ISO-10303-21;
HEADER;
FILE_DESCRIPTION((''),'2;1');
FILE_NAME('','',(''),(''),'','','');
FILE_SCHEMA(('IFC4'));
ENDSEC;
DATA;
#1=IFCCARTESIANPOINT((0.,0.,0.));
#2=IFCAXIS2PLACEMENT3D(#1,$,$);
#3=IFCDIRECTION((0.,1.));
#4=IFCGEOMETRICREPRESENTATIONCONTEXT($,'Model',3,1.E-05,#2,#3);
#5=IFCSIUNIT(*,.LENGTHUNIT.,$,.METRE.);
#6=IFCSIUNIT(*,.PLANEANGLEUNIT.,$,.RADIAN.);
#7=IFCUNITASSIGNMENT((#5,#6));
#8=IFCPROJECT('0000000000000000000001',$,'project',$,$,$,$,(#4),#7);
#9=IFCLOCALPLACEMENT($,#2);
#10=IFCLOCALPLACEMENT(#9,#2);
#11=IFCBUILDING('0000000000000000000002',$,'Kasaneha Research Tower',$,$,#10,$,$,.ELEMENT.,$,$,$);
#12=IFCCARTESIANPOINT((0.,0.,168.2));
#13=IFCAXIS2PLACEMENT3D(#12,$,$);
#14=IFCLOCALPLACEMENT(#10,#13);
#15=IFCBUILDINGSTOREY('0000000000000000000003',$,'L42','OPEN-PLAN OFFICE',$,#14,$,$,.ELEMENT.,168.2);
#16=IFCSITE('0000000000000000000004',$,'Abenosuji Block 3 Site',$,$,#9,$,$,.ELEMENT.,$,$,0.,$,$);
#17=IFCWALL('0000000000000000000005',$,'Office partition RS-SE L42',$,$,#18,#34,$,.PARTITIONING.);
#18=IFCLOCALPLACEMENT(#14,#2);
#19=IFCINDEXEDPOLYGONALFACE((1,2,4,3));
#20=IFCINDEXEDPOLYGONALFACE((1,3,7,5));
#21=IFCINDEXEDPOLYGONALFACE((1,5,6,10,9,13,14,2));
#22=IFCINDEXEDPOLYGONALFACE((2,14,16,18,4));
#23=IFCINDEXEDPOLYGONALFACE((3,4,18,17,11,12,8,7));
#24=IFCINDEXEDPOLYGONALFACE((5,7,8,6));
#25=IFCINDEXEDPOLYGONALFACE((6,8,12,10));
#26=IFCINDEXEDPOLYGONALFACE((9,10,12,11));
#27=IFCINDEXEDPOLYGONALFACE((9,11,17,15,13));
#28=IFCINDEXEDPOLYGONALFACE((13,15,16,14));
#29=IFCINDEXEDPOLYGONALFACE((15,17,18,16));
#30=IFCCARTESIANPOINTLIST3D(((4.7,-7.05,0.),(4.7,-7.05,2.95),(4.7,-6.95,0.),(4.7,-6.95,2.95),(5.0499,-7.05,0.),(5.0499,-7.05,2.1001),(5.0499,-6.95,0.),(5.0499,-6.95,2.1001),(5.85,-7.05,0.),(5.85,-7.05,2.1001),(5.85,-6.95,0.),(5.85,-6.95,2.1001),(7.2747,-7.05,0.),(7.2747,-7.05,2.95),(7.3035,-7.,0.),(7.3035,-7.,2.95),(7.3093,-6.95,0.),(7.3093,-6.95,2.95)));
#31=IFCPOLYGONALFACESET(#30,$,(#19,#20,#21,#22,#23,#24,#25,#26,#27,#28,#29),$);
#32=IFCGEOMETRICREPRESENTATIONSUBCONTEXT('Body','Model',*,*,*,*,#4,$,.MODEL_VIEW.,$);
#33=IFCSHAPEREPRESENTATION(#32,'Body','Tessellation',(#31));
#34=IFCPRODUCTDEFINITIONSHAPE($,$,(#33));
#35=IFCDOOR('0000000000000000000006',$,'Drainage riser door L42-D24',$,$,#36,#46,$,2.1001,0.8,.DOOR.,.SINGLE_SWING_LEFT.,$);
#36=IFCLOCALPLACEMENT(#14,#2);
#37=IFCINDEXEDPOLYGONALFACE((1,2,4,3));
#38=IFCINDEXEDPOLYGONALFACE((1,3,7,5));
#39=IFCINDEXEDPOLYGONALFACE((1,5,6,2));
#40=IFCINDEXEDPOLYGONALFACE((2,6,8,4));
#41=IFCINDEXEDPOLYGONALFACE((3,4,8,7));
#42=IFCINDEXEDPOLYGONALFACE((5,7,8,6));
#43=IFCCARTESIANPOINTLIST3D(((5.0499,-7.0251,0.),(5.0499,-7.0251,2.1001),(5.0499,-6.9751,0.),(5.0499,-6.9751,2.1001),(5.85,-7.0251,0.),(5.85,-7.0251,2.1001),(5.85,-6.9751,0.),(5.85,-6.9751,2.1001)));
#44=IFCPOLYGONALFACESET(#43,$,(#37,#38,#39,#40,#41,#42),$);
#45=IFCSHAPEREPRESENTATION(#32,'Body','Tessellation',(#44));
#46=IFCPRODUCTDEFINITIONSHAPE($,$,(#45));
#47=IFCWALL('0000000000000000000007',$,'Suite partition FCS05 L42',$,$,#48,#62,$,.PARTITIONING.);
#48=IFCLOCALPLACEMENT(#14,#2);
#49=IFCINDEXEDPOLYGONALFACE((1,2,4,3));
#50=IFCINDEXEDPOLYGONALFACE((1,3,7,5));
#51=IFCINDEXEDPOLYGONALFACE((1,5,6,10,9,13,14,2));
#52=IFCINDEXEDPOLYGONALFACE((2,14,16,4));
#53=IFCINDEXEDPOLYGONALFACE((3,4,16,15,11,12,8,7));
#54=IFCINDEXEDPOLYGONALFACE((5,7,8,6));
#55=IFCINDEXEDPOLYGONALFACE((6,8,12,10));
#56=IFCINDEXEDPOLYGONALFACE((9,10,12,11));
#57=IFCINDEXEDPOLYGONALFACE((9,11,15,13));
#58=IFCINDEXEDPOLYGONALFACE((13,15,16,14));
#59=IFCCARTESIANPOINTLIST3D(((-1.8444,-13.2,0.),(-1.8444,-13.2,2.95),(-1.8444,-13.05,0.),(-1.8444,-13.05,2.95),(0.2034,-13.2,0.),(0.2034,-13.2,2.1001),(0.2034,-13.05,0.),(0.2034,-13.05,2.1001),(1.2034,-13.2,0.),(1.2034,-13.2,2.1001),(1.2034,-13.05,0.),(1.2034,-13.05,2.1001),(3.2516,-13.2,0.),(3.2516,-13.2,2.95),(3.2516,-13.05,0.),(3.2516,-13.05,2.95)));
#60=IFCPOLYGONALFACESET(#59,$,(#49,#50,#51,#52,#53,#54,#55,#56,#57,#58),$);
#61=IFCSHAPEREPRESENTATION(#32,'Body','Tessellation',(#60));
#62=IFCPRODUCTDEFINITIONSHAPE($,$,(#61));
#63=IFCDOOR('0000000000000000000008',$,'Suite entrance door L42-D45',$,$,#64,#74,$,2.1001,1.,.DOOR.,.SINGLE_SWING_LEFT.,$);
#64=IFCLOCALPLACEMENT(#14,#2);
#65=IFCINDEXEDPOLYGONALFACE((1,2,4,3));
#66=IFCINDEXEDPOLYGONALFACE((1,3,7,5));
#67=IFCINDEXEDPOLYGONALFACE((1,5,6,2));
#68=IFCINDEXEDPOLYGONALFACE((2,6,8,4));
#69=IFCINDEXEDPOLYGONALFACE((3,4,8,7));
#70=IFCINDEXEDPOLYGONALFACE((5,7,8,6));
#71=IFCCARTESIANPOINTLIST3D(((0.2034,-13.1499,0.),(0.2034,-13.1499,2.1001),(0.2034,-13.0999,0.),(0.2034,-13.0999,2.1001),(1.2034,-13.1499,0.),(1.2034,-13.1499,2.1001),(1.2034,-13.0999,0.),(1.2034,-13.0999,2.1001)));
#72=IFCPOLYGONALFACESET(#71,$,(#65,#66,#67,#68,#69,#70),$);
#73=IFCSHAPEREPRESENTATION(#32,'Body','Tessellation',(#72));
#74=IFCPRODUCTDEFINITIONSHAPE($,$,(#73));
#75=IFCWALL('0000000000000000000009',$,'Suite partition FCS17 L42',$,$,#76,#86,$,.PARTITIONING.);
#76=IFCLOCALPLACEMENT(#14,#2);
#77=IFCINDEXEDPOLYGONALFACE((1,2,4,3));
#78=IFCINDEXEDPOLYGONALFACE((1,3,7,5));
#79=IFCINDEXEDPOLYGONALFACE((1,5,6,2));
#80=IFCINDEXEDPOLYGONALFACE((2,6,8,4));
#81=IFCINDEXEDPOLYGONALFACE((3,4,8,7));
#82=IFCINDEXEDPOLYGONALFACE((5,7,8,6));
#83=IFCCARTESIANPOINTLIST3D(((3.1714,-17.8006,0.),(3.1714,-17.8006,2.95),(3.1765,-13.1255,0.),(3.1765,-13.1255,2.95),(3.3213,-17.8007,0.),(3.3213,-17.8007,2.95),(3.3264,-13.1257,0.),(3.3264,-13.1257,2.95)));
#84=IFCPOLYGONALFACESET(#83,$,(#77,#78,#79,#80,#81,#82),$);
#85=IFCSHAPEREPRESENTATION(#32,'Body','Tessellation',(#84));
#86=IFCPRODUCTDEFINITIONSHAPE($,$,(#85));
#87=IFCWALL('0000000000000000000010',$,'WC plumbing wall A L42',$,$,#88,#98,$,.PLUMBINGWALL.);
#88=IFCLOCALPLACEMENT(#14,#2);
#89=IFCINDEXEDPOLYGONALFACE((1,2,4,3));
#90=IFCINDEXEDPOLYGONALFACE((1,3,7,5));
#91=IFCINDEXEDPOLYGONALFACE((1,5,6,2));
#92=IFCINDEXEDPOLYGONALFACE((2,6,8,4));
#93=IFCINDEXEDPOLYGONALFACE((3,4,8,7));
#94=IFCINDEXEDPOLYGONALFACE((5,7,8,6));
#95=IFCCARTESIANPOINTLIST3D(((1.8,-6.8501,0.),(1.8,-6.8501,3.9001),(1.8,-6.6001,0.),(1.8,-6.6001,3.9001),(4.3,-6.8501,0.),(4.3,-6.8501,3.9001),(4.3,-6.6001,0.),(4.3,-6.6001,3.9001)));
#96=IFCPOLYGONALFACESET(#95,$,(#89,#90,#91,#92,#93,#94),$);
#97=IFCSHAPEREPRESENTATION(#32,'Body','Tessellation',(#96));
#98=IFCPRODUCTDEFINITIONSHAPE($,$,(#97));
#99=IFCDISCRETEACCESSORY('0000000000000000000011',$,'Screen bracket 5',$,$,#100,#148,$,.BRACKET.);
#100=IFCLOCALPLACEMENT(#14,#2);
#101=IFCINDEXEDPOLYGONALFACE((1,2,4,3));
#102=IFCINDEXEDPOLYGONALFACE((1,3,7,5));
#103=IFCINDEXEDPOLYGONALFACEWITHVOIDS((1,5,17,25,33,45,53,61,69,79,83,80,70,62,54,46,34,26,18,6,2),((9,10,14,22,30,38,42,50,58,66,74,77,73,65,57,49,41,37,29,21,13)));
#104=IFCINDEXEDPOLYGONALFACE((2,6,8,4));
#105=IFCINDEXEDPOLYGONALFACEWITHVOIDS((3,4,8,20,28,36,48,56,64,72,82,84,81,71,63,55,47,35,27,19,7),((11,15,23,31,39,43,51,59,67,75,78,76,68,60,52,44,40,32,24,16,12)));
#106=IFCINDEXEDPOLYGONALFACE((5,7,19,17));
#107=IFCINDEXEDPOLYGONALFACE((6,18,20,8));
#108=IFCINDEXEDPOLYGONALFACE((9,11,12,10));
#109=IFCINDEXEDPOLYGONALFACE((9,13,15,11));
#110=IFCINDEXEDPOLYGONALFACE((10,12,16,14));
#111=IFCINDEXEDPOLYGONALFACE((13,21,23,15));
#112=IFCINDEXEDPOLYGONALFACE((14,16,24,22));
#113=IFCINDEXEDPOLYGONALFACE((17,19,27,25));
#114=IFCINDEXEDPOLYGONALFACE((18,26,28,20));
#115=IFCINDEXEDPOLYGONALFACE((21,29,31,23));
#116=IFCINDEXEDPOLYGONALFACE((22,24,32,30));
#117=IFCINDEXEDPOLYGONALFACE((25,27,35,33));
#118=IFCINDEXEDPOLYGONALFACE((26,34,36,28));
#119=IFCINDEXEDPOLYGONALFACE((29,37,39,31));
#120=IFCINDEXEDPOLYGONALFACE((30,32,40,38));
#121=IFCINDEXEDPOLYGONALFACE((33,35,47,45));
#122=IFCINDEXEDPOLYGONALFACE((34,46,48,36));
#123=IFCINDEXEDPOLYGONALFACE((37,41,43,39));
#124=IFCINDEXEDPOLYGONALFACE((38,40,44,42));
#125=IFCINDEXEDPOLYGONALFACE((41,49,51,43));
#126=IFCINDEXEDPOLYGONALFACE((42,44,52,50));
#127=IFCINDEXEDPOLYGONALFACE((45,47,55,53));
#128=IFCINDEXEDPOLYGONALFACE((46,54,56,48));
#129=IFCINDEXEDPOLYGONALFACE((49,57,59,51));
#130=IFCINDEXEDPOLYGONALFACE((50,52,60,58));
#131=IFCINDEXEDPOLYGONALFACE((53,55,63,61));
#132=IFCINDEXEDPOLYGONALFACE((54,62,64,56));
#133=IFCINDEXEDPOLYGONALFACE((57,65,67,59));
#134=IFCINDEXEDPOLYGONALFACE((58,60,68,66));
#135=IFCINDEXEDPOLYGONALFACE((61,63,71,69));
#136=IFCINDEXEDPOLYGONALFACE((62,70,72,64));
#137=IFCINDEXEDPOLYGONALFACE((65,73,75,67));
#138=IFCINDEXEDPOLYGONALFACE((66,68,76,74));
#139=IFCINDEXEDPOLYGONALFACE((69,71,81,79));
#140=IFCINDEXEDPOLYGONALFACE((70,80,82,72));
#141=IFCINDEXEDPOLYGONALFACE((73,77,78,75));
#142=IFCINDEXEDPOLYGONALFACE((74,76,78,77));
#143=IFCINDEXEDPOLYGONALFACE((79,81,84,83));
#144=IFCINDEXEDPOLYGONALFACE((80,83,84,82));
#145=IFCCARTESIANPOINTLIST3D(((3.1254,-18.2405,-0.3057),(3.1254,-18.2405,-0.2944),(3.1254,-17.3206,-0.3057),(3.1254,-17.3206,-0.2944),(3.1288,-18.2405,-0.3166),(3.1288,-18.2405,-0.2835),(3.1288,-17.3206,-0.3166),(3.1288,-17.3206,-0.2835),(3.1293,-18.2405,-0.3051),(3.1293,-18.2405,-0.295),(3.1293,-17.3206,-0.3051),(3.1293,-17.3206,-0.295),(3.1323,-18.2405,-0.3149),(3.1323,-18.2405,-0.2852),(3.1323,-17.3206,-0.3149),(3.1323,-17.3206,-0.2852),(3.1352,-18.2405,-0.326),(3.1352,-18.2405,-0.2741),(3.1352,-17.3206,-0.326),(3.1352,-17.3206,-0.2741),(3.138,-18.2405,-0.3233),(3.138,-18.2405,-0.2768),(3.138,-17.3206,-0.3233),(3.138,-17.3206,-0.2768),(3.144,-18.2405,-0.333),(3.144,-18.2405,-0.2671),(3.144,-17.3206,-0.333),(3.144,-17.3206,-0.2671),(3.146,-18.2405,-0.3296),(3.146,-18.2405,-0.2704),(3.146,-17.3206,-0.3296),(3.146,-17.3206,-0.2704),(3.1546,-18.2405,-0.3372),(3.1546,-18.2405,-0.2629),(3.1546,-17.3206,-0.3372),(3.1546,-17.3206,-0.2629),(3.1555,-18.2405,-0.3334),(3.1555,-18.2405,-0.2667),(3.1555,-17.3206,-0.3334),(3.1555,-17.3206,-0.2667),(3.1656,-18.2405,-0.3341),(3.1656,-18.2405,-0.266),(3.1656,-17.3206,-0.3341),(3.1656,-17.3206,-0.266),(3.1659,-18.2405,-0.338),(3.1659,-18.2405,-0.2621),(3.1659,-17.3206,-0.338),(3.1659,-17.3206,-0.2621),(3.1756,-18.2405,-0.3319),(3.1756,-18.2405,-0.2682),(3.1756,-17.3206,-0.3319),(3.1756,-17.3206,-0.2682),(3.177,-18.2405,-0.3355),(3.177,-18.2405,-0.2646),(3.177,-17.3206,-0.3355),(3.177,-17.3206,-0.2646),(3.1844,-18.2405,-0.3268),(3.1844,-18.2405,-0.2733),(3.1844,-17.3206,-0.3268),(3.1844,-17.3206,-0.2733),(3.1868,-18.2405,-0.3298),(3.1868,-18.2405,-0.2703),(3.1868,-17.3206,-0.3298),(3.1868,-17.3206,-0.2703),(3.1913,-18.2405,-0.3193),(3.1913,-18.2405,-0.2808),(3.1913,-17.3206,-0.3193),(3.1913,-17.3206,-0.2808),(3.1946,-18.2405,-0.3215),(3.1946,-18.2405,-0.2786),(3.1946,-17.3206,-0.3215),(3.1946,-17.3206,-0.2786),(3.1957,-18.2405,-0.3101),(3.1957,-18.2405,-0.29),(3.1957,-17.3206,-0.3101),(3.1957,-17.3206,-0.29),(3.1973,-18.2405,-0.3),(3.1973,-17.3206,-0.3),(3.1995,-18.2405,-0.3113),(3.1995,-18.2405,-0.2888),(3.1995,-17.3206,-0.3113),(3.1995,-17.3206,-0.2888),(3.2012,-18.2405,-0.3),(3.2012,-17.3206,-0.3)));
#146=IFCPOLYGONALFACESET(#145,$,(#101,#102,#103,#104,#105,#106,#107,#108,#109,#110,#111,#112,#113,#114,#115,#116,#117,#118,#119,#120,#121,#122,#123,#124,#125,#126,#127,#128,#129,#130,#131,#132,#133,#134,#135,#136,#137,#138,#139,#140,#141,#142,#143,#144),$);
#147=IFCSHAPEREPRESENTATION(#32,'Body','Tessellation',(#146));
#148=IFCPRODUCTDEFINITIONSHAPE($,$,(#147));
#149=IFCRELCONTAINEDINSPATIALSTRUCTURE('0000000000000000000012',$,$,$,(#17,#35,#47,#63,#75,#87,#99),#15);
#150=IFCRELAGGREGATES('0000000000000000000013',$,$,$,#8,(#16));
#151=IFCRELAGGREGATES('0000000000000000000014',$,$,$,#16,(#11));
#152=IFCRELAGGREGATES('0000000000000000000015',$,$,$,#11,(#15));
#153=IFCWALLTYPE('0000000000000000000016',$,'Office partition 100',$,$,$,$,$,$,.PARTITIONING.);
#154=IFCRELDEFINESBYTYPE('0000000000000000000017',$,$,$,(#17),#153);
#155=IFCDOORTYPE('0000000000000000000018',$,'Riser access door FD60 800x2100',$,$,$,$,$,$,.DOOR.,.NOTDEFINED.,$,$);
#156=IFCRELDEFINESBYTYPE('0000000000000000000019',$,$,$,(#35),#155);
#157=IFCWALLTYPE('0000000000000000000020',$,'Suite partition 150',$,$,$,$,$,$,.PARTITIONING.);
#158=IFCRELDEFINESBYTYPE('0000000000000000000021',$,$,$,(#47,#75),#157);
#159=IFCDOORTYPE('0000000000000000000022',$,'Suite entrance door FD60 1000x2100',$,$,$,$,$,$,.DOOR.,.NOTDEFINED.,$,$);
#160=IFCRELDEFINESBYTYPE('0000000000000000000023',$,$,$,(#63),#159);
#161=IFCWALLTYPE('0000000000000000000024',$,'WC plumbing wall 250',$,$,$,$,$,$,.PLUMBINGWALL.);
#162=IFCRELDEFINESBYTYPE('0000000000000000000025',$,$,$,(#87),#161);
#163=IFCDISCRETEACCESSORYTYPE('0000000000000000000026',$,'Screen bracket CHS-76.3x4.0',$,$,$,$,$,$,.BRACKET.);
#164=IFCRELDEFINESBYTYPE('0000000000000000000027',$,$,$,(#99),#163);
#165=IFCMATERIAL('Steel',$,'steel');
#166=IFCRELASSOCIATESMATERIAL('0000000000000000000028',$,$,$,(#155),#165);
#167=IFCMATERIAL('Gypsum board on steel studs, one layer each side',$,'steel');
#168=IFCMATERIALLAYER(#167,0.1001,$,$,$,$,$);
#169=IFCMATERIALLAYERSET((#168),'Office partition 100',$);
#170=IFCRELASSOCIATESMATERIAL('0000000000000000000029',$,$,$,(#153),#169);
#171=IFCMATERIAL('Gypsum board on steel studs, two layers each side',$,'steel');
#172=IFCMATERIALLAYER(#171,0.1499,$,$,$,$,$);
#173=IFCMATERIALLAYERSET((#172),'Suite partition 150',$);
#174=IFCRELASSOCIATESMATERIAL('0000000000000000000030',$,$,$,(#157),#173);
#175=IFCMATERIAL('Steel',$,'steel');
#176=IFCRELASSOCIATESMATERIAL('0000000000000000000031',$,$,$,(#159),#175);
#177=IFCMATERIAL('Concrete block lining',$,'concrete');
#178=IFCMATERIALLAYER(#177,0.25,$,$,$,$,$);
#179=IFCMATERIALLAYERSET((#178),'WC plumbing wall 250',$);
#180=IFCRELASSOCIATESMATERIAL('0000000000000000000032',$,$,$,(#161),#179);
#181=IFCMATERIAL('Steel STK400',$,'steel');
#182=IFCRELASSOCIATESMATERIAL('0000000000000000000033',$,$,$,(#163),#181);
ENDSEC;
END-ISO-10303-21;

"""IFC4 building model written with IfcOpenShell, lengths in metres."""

from ifc_helpers import new_model, si_unit, direction, frame, frame_2d, origin, origin_2d, place, context, subcontext, project, spatial, polyline, rectangle, hollow_circle, outline, extrude, material, layer, layer_set, material_profile, profile_set, type_object, element, fill, save


model = new_model("IFC4")

# Units and contexts
model_context = context("Model", 3, precision=1e-05, world=origin(), true_north=direction((0.0, 1.0)))
body_context = subcontext(model_context, "Body", "Model", "MODEL_VIEW")
ifc_project = project(units=[si_unit("LENGTHUNIT", "METRE"), si_unit("PLANEANGLEUNIT", "RADIAN")], contexts=[model_context])

# Site, building, storey
site_placement = place(None, origin())
site = spatial("IfcSite", under=ifc_project, at=site_placement, Name="Abenosuji Block 3 Site", CompositionType="ELEMENT", RefElevation=0.0)
building_placement = place(site_placement, origin())
building = spatial("IfcBuilding", under=site, at=building_placement, Name="Kasaneha Research Tower", CompositionType="ELEMENT")
storey_placement = place(building_placement, frame((0.0, 0.0, 168.2)))
storey = spatial("IfcBuildingStorey", under=building, at=storey_placement, Name="L42", Description="OPEN-PLAN OFFICE", CompositionType="ELEMENT", Elevation=168.2)

# Walls, openings, doors
ifc_material_1 = material(Name="Steel", Category="steel")
door_type_1 = type_object("IfcDoorType", Name="Riser access door FD60 800x2100", OperationType="NOTDEFINED", PredefinedType="DOOR", material=ifc_material_1)
ifc_material_2 = material(Name="Gypsum board on steel studs, one layer each side", Category="steel")
ifc_layer_1 = layer(ifc_material_2, 0.1001)
ifc_layer_set_1 = layer_set([ifc_layer_1], Name="Office partition 100")
wall_type_1 = type_object("IfcWallType", Name="Office partition 100", PredefinedType="PARTITIONING", material=ifc_layer_set_1)
wall_1_placement = place(storey_placement, frame((4.7, -7.0, 0.0), z_axis=(0.0, 0.0, 1.0), x_axis=(1.0, 0.0, 0.0)))
wall_1 = element("IfcWall", 1, at=wall_1_placement, inside=storey, type_object=wall_type_1, Name="Office partition RS-SE L42", PredefinedType="PARTITIONING", context=body_context, shape_type="SweptSolid", body=[
    extrude(outline(polyline([(0.0, -0.05), (0.3501, -0.05), (1.1501, -0.05), (2.5747, -0.05), (2.6035, 0.0), (2.6094, 0.05), (1.1501, 0.05), (0.3501, 0.05), (0.0, 0.05), (0.0, -0.05)])), origin(), (0.0, 0.0, 1.0), 2.95),
])
opening_1_placement = place(wall_1_placement, frame((0.3501, 0.0, 0.0)))
opening_1 = element("IfcOpeningElement", 2, at=opening_1_placement, cuts=wall_1, PredefinedType="OPENING", context=body_context, shape_type="SweptSolid", body=[
    extrude(rectangle(XDim=0.8, YDim=2.1001, at=frame_2d((0.3999, 1.05))), frame((0.0, 0.0601, 0.0), z_axis=(0.0, -1.0, 0.0), x_axis=(1.0, 0.0, 0.0)), (0.0, 0.0, 1.0), 0.1201),
])
door_1_placement = place(opening_1_placement, origin())
door_1 = element("IfcDoor", 3, at=door_1_placement, inside=storey, type_object=door_type_1, Name="Drainage riser door L42-D24", OperationType="SINGLE_SWING_LEFT", OverallHeight=2.1001, OverallWidth=0.8, PredefinedType="DOOR", context=body_context, shape_type="SweptSolid", body=[
    extrude(rectangle(XDim=0.8, YDim=2.1001, at=frame_2d((0.3999, 1.05))), frame((0.0, 0.0249, 0.0), z_axis=(0.0, -1.0, 0.0), x_axis=(1.0, 0.0, 0.0)), (0.0, 0.0, 1.0), 0.05),
])
fill(opening_1, door_1)
ifc_material_3 = material(Name="Gypsum board on steel studs, two layers each side", Category="steel")
ifc_layer_2 = layer(ifc_material_3, 0.1499)
ifc_layer_set_2 = layer_set([ifc_layer_2], Name="Suite partition 150")
wall_type_2 = type_object("IfcWallType", Name="Suite partition 150", PredefinedType="PARTITIONING", material=ifc_layer_set_2)
wall_2_placement = place(storey_placement, frame((3.2515, -13.125, 0.0), z_axis=(0.0, 0.0, 1.0), x_axis=(-1.0, 0.0, 0.0)))
wall_2 = element("IfcWall", 4, at=wall_2_placement, inside=storey, type_object=wall_type_2, Name="Suite partition FCS05 L42", PredefinedType="PARTITIONING", context=body_context, shape_type="SweptSolid", body=[
    extrude(rectangle(XDim=5.0959, YDim=0.1499, at=frame_2d((2.5479, 0.0))), origin(), (0.0, 0.0, 1.0), 2.95),
])
opening_2_placement = place(wall_2_placement, frame((2.0481, 0.0, 0.0)))
opening_2 = element("IfcOpeningElement", 5, at=opening_2_placement, cuts=wall_2, PredefinedType="OPENING", context=body_context, shape_type="SweptSolid", body=[
    extrude(rectangle(XDim=1.0, YDim=2.1001, at=frame_2d((0.5, 1.05))), frame((0.0, 0.085, 0.0), z_axis=(0.0, -1.0, 0.0), x_axis=(1.0, 0.0, 0.0)), (0.0, 0.0, 1.0), 0.1699),
])
ifc_material_4 = material(Name="Steel", Category="steel")
door_type_2 = type_object("IfcDoorType", Name="Suite entrance door FD60 1000x2100", OperationType="NOTDEFINED", PredefinedType="DOOR", material=ifc_material_4)
door_2_placement = place(opening_2_placement, origin())
door_2 = element("IfcDoor", 6, at=door_2_placement, inside=storey, type_object=door_type_2, Name="Suite entrance door L42-D45", OperationType="SINGLE_SWING_LEFT", OverallHeight=2.1001, OverallWidth=1.0, PredefinedType="DOOR", context=body_context, shape_type="SweptSolid", body=[
    extrude(rectangle(XDim=1.0, YDim=2.1001, at=frame_2d((0.5, 1.05))), frame((0.0, 0.0249, 0.0), z_axis=(0.0, -1.0, 0.0), x_axis=(1.0, 0.0, 0.0)), (0.0, 0.0, 1.0), 0.05),
])
fill(opening_2, door_2)

# Walls
wall_3_placement = place(storey_placement, frame((3.2463, -17.8005, 0.0), z_axis=(0.0, 0.0, 1.0), x_axis=(0.001097, 0.999999, 0.0)))
element("IfcWall", 7, at=wall_3_placement, inside=storey, type_object=wall_type_2, Name="Suite partition FCS17 L42", PredefinedType="PARTITIONING", context=body_context, shape_type="SweptSolid", body=[
    extrude(rectangle(XDim=4.675, YDim=0.1499, at=frame_2d((2.3374, 0.0))), origin(), (0.0, 0.0, 1.0), 2.95),
])
ifc_material_5 = material(Name="Concrete block lining", Category="concrete")
ifc_layer_3 = layer(ifc_material_5, 0.25)
ifc_layer_set_3 = layer_set([ifc_layer_3], Name="WC plumbing wall 250")
wall_type_3 = type_object("IfcWallType", Name="WC plumbing wall 250", PredefinedType="PLUMBINGWALL", material=ifc_layer_set_3)
wall_4_placement = place(storey_placement, frame((1.8, -6.7251, 0.0), z_axis=(0.0, 0.0, 1.0), x_axis=(1.0, 0.0, 0.0)))
element("IfcWall", 8, at=wall_4_placement, inside=storey, type_object=wall_type_3, Name="WC plumbing wall A L42", PredefinedType="PLUMBINGWALL", context=body_context, shape_type="SweptSolid", body=[
    extrude(rectangle(XDim=2.5, YDim=0.25, at=frame_2d((1.25, 0.0))), origin(), (0.0, 0.0, 1.0), 3.9001),
])

# Discrete accessory
ifc_material_6 = material(Name="Steel STK400", Category="steel")
ifc_material_profile_1 = material_profile(ifc_material_6, hollow_circle(Radius=0.0381, WallThickness=0.0039, at=origin_2d()), Name="CHS-76.3x4.0")
ifc_profile_set_1 = profile_set([ifc_material_profile_1], Name="Steel STK400")
discrete_accessory_type = type_object("IfcDiscreteAccessoryType", Name="Screen bracket CHS-76.3x4.0", PredefinedType="BRACKET", material=ifc_profile_set_1)
for number, where, z_axis, x_axis, name in (
    (9, (3.1631, -17.3206, -0.3), (0.0, -1.0, 0.0), (1.0, 0.0, 0.0), "Screen bracket 5"),
):
    element("IfcDiscreteAccessory", number, at=place(storey_placement, frame(where, z_axis=z_axis, x_axis=x_axis)), inside=storey, type_object=discrete_accessory_type, Name=name, PredefinedType="BRACKET", context=body_context, shape_type="SweptSolid", body=[
        extrude(hollow_circle(Radius=0.0381, WallThickness=0.0039, at=origin_2d()), origin(), (0.0, 0.0, 1.0), 0.9199),
    ])

save(model, "model.ifc")
